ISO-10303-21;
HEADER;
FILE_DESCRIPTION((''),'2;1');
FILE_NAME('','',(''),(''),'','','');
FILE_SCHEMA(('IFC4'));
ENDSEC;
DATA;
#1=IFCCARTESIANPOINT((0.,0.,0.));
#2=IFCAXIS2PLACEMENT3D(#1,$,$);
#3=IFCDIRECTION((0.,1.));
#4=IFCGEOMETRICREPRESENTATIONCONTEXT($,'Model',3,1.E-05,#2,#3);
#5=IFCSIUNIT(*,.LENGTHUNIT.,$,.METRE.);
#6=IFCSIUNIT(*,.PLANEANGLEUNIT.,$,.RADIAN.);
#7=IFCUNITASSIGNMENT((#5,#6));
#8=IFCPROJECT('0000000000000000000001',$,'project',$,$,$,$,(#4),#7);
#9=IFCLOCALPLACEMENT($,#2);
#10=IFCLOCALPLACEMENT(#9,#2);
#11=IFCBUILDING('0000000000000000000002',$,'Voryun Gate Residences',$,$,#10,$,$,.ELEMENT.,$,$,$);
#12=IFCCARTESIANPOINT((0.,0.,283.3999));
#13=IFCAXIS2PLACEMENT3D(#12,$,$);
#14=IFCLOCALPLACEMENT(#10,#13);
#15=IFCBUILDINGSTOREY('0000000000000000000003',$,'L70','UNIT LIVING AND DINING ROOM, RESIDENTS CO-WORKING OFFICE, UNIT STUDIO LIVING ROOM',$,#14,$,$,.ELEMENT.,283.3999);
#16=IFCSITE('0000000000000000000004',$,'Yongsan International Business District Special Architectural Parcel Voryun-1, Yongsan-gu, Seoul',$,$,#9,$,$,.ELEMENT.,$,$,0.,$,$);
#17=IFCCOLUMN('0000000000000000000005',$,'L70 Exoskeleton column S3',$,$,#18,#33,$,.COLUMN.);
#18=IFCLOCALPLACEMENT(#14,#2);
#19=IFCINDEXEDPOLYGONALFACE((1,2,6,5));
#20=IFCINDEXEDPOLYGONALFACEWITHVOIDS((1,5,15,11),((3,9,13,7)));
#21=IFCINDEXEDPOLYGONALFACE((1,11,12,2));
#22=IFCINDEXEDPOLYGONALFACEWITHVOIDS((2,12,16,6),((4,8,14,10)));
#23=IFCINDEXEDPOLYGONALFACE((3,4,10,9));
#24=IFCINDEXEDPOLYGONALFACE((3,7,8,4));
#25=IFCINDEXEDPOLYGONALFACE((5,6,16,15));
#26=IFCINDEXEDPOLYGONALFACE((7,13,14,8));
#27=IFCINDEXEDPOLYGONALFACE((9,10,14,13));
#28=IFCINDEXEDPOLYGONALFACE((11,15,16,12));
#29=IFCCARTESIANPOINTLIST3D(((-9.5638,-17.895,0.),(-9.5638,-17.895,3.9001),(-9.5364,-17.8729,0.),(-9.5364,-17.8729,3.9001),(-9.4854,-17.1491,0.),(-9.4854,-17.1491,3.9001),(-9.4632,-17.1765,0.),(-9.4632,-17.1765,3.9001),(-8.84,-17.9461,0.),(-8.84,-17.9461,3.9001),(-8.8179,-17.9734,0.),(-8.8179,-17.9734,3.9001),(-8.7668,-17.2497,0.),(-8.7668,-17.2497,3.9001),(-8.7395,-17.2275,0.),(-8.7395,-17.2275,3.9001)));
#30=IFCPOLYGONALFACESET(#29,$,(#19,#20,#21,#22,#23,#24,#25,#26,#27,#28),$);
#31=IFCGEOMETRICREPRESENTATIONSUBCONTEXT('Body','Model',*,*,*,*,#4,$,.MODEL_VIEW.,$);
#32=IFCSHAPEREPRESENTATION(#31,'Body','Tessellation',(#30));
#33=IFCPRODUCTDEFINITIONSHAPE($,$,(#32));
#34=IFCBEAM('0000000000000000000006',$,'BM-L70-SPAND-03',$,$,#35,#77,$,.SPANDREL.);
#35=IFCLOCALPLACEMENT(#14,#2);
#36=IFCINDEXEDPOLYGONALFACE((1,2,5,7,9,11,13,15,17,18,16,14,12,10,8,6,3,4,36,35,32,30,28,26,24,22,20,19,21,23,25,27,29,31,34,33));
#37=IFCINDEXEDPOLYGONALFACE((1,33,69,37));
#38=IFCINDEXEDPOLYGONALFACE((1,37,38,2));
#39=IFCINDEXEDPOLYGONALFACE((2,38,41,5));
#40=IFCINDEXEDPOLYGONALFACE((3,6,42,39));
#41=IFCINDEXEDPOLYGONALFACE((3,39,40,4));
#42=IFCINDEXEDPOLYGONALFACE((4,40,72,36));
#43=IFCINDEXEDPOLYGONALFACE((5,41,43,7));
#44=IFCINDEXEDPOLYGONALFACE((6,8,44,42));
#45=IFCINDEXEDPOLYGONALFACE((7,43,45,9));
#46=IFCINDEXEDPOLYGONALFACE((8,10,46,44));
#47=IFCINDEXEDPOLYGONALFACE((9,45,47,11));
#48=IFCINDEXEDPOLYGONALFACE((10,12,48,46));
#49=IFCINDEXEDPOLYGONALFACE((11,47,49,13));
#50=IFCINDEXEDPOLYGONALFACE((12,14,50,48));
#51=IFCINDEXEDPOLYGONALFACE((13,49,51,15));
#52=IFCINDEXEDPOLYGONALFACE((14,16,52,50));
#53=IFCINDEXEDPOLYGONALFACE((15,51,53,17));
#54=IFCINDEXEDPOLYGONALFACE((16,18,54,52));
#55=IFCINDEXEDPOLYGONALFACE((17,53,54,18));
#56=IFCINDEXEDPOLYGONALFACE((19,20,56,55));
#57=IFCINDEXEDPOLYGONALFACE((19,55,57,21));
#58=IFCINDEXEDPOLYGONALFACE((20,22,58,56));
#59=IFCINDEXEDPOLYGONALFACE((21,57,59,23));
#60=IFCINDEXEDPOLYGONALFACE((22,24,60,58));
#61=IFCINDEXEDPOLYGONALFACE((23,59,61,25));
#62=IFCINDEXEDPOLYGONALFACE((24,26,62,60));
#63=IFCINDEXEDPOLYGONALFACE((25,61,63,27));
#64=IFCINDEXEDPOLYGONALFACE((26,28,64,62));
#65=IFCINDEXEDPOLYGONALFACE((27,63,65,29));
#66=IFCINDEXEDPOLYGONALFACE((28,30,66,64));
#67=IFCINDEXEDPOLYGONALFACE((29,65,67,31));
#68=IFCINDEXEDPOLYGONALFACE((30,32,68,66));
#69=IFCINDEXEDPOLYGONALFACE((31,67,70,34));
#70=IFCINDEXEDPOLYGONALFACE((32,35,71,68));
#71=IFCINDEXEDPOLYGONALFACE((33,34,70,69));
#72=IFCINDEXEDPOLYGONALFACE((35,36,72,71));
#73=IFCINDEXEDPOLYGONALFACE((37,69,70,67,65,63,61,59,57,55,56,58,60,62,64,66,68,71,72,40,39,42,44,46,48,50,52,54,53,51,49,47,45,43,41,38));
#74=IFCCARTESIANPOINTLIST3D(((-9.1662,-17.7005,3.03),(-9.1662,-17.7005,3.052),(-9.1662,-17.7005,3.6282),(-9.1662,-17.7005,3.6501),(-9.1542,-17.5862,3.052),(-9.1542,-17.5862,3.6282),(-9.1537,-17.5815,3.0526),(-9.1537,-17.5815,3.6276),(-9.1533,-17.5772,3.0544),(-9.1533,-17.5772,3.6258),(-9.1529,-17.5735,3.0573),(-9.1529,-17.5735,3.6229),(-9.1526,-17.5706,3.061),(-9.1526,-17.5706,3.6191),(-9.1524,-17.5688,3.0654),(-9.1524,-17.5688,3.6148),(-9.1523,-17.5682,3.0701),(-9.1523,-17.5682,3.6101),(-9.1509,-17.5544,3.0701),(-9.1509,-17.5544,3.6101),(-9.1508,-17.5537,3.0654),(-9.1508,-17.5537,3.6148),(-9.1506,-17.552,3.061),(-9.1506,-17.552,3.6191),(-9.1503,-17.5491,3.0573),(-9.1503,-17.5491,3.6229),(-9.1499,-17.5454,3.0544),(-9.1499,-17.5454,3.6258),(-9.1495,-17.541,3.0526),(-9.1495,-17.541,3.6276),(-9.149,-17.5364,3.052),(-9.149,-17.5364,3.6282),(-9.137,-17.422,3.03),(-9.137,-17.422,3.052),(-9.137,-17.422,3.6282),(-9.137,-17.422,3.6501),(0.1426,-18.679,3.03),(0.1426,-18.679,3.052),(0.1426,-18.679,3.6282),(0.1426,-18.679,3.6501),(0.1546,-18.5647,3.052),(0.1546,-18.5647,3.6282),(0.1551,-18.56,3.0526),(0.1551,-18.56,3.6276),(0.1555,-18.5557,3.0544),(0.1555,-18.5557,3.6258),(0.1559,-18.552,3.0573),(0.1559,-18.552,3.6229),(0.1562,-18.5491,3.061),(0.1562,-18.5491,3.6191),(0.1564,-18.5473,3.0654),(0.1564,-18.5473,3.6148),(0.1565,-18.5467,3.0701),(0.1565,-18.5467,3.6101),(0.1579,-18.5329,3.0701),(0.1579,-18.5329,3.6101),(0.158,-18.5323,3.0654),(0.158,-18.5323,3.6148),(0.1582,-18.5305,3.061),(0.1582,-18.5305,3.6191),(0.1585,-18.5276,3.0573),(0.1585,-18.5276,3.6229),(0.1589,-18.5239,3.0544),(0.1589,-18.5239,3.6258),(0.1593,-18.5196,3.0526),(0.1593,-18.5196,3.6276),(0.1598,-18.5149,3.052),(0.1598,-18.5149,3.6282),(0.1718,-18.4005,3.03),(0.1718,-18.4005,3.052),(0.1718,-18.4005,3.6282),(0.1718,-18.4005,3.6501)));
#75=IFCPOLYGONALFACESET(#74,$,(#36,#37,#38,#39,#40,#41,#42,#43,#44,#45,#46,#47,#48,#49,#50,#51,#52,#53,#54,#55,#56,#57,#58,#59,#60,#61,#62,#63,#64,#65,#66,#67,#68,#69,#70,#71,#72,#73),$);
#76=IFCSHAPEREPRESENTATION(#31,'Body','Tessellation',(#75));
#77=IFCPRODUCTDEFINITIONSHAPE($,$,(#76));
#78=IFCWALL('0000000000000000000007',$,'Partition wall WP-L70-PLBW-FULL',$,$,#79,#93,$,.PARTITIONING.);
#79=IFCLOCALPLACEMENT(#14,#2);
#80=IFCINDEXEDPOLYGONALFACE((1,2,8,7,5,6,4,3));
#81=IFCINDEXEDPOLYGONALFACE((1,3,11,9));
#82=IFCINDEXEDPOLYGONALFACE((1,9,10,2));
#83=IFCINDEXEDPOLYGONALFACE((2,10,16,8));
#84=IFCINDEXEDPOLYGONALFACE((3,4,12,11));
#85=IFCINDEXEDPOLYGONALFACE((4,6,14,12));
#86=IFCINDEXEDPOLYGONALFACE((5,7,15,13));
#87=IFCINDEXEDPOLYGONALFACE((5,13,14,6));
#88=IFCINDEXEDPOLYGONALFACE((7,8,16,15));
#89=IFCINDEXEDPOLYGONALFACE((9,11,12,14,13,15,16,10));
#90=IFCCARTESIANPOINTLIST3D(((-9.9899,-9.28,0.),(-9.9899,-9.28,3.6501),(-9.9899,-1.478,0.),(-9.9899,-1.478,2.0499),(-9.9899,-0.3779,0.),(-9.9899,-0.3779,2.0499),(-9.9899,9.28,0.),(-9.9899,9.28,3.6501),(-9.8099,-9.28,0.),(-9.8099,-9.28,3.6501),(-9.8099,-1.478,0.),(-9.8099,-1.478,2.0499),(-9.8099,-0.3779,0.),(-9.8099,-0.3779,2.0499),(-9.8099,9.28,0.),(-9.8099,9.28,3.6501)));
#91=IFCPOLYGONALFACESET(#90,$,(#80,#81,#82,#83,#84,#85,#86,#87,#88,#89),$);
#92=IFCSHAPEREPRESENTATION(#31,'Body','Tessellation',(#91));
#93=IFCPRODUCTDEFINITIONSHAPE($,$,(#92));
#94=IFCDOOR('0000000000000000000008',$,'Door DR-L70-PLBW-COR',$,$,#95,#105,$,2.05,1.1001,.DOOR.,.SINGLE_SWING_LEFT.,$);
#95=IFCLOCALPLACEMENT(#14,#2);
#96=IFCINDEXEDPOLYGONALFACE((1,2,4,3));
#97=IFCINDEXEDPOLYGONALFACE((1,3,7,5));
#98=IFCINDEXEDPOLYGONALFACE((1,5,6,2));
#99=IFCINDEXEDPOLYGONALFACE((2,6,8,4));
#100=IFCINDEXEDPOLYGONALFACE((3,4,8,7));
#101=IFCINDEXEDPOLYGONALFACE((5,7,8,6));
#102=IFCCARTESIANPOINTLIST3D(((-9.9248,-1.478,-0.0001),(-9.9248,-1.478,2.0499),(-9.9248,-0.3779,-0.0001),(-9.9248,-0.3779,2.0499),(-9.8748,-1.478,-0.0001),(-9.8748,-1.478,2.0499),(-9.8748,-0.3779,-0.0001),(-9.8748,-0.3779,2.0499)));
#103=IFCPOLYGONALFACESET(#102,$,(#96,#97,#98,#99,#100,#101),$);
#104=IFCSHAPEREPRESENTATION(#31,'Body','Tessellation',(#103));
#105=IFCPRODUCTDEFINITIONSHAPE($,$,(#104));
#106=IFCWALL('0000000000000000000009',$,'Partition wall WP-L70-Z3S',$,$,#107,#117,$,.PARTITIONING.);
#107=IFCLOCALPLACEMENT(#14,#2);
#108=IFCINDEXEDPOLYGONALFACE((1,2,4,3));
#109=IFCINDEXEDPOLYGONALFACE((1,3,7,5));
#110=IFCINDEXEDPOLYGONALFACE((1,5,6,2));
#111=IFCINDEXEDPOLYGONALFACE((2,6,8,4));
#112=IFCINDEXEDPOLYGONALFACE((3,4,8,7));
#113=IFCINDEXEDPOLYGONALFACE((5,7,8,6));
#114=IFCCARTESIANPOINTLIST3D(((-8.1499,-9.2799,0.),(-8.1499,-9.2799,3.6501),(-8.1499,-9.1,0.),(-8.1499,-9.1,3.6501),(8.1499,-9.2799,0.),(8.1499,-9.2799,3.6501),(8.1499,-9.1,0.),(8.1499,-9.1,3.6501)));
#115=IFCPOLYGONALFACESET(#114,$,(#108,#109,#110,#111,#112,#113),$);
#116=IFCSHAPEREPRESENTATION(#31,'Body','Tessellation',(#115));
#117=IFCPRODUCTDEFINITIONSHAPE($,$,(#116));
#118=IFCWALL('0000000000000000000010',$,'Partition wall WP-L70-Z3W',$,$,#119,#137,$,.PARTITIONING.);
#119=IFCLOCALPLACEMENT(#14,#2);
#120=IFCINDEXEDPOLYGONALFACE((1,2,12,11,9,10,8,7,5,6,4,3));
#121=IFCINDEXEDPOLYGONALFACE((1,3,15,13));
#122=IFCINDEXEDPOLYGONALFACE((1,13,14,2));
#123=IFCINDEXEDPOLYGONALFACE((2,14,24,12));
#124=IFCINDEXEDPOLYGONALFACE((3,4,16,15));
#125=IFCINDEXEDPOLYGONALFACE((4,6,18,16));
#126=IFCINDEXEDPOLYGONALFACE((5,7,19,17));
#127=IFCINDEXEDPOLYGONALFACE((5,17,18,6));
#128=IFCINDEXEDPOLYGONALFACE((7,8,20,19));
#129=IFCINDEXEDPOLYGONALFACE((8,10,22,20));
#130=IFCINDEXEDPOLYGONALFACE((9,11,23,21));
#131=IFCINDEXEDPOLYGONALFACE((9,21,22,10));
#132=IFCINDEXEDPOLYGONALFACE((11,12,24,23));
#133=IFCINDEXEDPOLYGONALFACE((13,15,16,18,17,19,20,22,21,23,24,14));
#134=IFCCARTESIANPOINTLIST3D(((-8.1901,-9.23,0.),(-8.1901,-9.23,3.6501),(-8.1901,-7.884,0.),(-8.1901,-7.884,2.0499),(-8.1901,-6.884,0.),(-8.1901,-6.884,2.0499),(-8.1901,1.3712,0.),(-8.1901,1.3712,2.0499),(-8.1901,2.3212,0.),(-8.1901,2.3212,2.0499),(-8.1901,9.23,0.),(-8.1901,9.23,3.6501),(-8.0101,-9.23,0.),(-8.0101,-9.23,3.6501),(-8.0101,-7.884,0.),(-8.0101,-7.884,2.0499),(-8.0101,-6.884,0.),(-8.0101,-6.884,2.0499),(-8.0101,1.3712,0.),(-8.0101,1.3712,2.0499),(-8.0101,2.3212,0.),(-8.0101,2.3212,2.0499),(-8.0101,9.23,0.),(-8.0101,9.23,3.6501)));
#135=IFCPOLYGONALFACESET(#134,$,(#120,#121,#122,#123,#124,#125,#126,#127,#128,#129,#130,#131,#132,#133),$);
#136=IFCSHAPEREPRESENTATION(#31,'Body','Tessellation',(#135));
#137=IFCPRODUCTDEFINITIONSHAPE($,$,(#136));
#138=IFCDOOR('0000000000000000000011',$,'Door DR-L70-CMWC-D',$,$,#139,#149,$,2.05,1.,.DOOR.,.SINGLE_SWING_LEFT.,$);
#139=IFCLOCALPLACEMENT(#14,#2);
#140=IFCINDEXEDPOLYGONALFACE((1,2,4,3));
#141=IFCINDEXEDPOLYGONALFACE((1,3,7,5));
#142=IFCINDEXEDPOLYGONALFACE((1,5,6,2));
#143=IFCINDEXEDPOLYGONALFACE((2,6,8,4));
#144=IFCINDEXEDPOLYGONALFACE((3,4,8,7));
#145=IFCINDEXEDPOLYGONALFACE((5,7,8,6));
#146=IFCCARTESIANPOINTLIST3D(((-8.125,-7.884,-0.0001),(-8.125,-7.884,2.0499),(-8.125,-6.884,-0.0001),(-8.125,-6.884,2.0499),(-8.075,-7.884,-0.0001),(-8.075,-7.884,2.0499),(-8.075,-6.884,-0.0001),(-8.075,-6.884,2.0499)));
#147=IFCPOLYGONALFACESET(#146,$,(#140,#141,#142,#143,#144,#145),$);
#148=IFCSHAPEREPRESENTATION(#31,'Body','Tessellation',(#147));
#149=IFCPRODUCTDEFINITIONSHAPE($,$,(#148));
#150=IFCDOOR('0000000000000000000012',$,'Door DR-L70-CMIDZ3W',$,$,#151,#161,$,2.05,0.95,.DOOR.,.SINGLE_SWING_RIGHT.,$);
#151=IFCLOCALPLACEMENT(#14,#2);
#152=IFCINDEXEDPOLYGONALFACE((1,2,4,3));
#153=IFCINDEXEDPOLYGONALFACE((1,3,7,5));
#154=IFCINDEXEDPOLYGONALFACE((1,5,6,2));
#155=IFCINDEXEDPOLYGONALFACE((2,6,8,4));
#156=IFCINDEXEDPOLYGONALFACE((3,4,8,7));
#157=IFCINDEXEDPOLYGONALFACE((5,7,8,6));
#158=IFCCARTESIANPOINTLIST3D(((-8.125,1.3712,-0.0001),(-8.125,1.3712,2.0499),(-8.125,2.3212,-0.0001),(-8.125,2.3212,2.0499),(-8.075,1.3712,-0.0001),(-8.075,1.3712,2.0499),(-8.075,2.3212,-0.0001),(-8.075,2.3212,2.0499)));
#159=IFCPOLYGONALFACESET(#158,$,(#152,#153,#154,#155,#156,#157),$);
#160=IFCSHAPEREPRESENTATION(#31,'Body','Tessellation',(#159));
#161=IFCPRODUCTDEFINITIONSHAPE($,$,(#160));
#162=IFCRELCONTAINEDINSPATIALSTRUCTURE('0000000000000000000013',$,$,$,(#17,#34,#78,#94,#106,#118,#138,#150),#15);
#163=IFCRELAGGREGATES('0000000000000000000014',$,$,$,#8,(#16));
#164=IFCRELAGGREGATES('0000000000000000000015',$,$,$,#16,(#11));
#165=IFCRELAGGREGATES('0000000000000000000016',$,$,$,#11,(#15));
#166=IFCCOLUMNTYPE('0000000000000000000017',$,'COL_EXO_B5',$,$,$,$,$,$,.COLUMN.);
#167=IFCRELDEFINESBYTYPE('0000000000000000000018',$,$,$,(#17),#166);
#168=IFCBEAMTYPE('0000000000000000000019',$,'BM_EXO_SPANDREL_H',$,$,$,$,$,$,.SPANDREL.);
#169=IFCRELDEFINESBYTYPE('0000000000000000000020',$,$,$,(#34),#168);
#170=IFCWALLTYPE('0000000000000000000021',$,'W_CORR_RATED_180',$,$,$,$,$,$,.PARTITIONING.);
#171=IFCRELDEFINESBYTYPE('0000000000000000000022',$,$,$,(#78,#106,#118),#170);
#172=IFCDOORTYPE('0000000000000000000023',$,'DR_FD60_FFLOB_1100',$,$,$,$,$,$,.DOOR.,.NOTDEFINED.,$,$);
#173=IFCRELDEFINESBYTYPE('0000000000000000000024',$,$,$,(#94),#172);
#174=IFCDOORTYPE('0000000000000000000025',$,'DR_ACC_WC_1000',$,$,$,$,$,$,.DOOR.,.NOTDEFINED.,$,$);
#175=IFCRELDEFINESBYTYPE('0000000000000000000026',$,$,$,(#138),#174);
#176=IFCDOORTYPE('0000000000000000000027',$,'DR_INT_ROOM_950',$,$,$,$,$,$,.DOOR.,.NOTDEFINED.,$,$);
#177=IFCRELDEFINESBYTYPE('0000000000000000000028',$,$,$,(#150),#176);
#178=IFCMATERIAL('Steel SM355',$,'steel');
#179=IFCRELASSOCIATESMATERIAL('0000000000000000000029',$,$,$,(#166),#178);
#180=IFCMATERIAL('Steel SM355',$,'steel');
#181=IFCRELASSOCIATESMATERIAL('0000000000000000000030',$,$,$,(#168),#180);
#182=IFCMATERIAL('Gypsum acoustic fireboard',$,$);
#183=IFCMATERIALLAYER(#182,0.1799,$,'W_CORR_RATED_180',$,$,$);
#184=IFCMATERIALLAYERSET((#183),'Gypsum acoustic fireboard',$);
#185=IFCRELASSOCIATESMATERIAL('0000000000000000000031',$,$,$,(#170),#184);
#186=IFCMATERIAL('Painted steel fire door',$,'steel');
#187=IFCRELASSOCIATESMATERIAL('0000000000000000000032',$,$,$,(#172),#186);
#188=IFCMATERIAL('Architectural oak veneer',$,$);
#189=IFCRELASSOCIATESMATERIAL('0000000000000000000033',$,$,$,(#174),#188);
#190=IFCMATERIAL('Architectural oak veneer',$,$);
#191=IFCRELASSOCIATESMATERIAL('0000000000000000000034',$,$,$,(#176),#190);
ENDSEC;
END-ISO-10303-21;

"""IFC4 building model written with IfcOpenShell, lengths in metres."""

from ifc_helpers import new_model, si_unit, direction, frame, frame_2d, origin, origin_2d, place, context, subcontext, project, spatial, rectangle, hollow_rectangle, i_section, extrude, material, layer, layer_set, material_profile, profile_set, type_object, element, fill, save


model = new_model("IFC4")

# Units and contexts
model_context = context("Model", 3, precision=1e-05, world=origin(), true_north=direction((0.0, 1.0)))
body_context = subcontext(model_context, "Body", "Model", "MODEL_VIEW")
ifc_project = project(units=[si_unit("LENGTHUNIT", "METRE"), si_unit("PLANEANGLEUNIT", "RADIAN")], contexts=[model_context])

# Site, building, storey
site_placement = place(None, origin())
site = spatial("IfcSite", under=ifc_project, at=site_placement, Name="Yongsan International Business District Special Architectural Parcel Voryun-1, Yongsan-gu, Seoul", CompositionType="ELEMENT", RefElevation=0.0)
building_placement = place(site_placement, origin())
building = spatial("IfcBuilding", under=site, at=building_placement, Name="Voryun Gate Residences", CompositionType="ELEMENT")
storey_placement = place(building_placement, frame((0.0, 0.0, 283.3999)))
storey = spatial("IfcBuildingStorey", under=building, at=storey_placement, Name="L70", Description="UNIT LIVING AND DINING ROOM, RESIDENTS CO-WORKING OFFICE, UNIT STUDIO LIVING ROOM", CompositionType="ELEMENT", Elevation=283.3999)

# Column
ifc_material_1 = material(Name="Steel SM355", Category="steel")
ifc_material_profile_1 = material_profile(ifc_material_1, hollow_rectangle(XDim=0.75, YDim=0.75, WallThickness=0.0249, at=origin_2d()), Name="BOX-750x750x25")
ifc_profile_set_1 = profile_set([ifc_material_profile_1], Name="Steel SM355")
column_type = type_object("IfcColumnType", Name="COL_EXO_B5", PredefinedType="COLUMN", material=ifc_profile_set_1)
column_placement = place(storey_placement, frame((-9.1516, -17.5613, 0.0), z_axis=(0.0, 0.0, 1.0), x_axis=(0.994522, -0.104528, 0.0)))
element("IfcColumn", 1, at=column_placement, inside=storey, type_object=column_type, Name="L70 Exoskeleton column S3", PredefinedType="COLUMN", context=body_context, shape_type="SweptSolid", body=[
    extrude(hollow_rectangle(XDim=0.75, YDim=0.75, WallThickness=0.0249, at=origin_2d()), origin(), (0.0, 0.0, 1.0), 3.9001),
])

# Beam
ifc_material_2 = material(Name="Steel SM355", Category="steel")
ifc_material_profile_2 = material_profile(ifc_material_2, i_section(OverallWidth=0.28, OverallDepth=0.6201, WebThickness=0.0139, FlangeThickness=0.022, FilletRadius=0.0181, at=origin_2d()), Name="H-620x280x14x22")
ifc_profile_set_2 = profile_set([ifc_material_profile_2], Name="Steel SM355")
beam_type = type_object("IfcBeamType", Name="BM_EXO_SPANDREL_H", PredefinedType="SPANDREL", material=ifc_profile_set_2)
beam_placement = place(storey_placement, frame((-9.1516, -17.5613, 3.3401), z_axis=(0.994521, -0.104541, 0.0), x_axis=(0.104541, 0.994521, 0.0)))
element("IfcBeam", 2, at=beam_placement, inside=storey, type_object=beam_type, Name="BM-L70-SPAND-03", PredefinedType="SPANDREL", context=body_context, shape_type="SweptSolid", body=[
    extrude(i_section(OverallWidth=0.28, OverallDepth=0.6201, WebThickness=0.0139, FlangeThickness=0.022, FilletRadius=0.0181, at=origin_2d()), origin(), (0.0, 0.0, 1.0), 9.3601),
])

# Wall, opening, door
ifc_material_3 = material(Name="Gypsum acoustic fireboard")
ifc_layer_1 = layer(ifc_material_3, 0.1799, Name="W_CORR_RATED_180")
ifc_layer_set_1 = layer_set([ifc_layer_1], Name="Gypsum acoustic fireboard")
wall_type_1 = type_object("IfcWallType", Name="W_CORR_RATED_180", PredefinedType="PARTITIONING", material=ifc_layer_set_1)
wall_1_placement = place(storey_placement, frame((-9.8999, -9.28, 0.0), z_axis=(0.0, 0.0, 1.0), x_axis=(0.0, 1.0, 0.0)))
wall_1 = element("IfcWall", 3, at=wall_1_placement, inside=storey, type_object=wall_type_1, Name="Partition wall WP-L70-PLBW-FULL", PredefinedType="PARTITIONING", context=body_context, shape_type="SweptSolid", body=[
    extrude(rectangle(XDim=18.5601, YDim=0.1799, at=frame_2d((9.28, 0.0))), origin(), (0.0, 0.0, 1.0), 3.6501),
])
opening_1_placement = place(wall_1_placement, frame((7.802, 0.0, 0.0)))
opening_1 = element("IfcOpeningElement", 4, at=opening_1_placement, cuts=wall_1, PredefinedType="OPENING", context=body_context, shape_type="SweptSolid", body=[
    extrude(rectangle(XDim=1.1001, YDim=2.05, at=frame_2d((0.55, 1.0249))), frame((0.0, 0.0999, 0.0), z_axis=(0.0, -1.0, 0.0), x_axis=(1.0, 0.0, 0.0)), (0.0, 0.0, 1.0), 0.2),
])
ifc_material_4 = material(Name="Painted steel fire door", Category="steel")
door_type_1 = type_object("IfcDoorType", Name="DR_FD60_FFLOB_1100", OperationType="NOTDEFINED", PredefinedType="DOOR", material=ifc_material_4)
door_1_placement = place(opening_1_placement, origin())
door_1 = element("IfcDoor", 5, at=door_1_placement, inside=storey, type_object=door_type_1, Name="Door DR-L70-PLBW-COR", OperationType="SINGLE_SWING_LEFT", OverallHeight=2.05, OverallWidth=1.1001, PredefinedType="DOOR", context=body_context, shape_type="SweptSolid", body=[
    extrude(rectangle(XDim=1.1001, YDim=2.05, at=frame_2d((0.55, 1.0249))), frame((0.0, 0.0249, 0.0), z_axis=(0.0, -1.0, 0.0), x_axis=(1.0, 0.0, 0.0)), (0.0, 0.0, 1.0), 0.05),
])
fill(opening_1, door_1)

# Wall
wall_2_placement = place(storey_placement, frame((-8.1499, -9.1899, 0.0), z_axis=(0.0, 0.0, 1.0), x_axis=(1.0, 0.0, 0.0)))
element("IfcWall", 6, at=wall_2_placement, inside=storey, type_object=wall_type_1, Name="Partition wall WP-L70-Z3S", PredefinedType="PARTITIONING", context=body_context, shape_type="SweptSolid", body=[
    extrude(rectangle(XDim=16.2998, YDim=0.1799, at=frame_2d((8.1499, 0.0))), origin(), (0.0, 0.0, 1.0), 3.6501),
])

# Wall, openings, doors
wall_3_placement = place(storey_placement, frame((-8.1001, -9.23, 0.0), z_axis=(0.0, 0.0, 1.0), x_axis=(0.0, 1.0, 0.0)))
wall_3 = element("IfcWall", 7, at=wall_3_placement, inside=storey, type_object=wall_type_1, Name="Partition wall WP-L70-Z3W", PredefinedType="PARTITIONING", context=body_context, shape_type="SweptSolid", body=[
    extrude(rectangle(XDim=18.46, YDim=0.1799, at=frame_2d((9.23, 0.0))), origin(), (0.0, 0.0, 1.0), 3.6501),
])
opening_2_placement = place(wall_3_placement, frame((1.3459, 0.0, 0.0)))
opening_2 = element("IfcOpeningElement", 8, at=opening_2_placement, cuts=wall_3, PredefinedType="OPENING", context=body_context, shape_type="SweptSolid", body=[
    extrude(rectangle(XDim=1.0, YDim=2.05, at=frame_2d((0.5, 1.0249))), frame((0.0, 0.0999, 0.0), z_axis=(0.0, -1.0, 0.0), x_axis=(1.0, 0.0, 0.0)), (0.0, 0.0, 1.0), 0.2),
])
opening_3_placement = place(wall_3_placement, frame((10.6011, 0.0, 0.0)))
opening_3 = element("IfcOpeningElement", 9, at=opening_3_placement, cuts=wall_3, PredefinedType="OPENING", context=body_context, shape_type="SweptSolid", body=[
    extrude(rectangle(XDim=0.95, YDim=2.05, at=frame_2d((0.4751, 1.0249))), frame((0.0, 0.0999, 0.0), z_axis=(0.0, -1.0, 0.0), x_axis=(1.0, 0.0, 0.0)), (0.0, 0.0, 1.0), 0.2),
])
ifc_material_5 = material(Name="Architectural oak veneer")
door_type_2 = type_object("IfcDoorType", Name="DR_ACC_WC_1000", OperationType="NOTDEFINED", PredefinedType="DOOR", material=ifc_material_5)
door_2_placement = place(opening_2_placement, origin())
door_2 = element("IfcDoor", 10, at=door_2_placement, inside=storey, type_object=door_type_2, Name="Door DR-L70-CMWC-D", OperationType="SINGLE_SWING_LEFT", OverallHeight=2.05, OverallWidth=1.0, PredefinedType="DOOR", context=body_context, shape_type="SweptSolid", body=[
    extrude(rectangle(XDim=1.0, YDim=2.05, at=frame_2d((0.5, 1.0249))), frame((0.0, 0.0249, 0.0), z_axis=(0.0, -1.0, 0.0), x_axis=(1.0, 0.0, 0.0)), (0.0, 0.0, 1.0), 0.05),
])
fill(opening_2, door_2)
ifc_material_6 = material(Name="Architectural oak veneer")
door_type_3 = type_object("IfcDoorType", Name="DR_INT_ROOM_950", OperationType="NOTDEFINED", PredefinedType="DOOR", material=ifc_material_6)
door_3_placement = place(opening_3_placement, origin())
door_3 = element("IfcDoor", 11, at=door_3_placement, inside=storey, type_object=door_type_3, Name="Door DR-L70-CMIDZ3W", OperationType="SINGLE_SWING_RIGHT", OverallHeight=2.05, OverallWidth=0.95, PredefinedType="DOOR", context=body_context, shape_type="SweptSolid", body=[
    extrude(rectangle(XDim=0.95, YDim=2.05, at=frame_2d((0.4751, 1.0249))), frame((0.0, 0.0249, 0.0), z_axis=(0.0, -1.0, 0.0), x_axis=(1.0, 0.0, 0.0)), (0.0, 0.0, 1.0), 0.05),
])
fill(opening_3, door_3)

save(model, "model.ifc")
